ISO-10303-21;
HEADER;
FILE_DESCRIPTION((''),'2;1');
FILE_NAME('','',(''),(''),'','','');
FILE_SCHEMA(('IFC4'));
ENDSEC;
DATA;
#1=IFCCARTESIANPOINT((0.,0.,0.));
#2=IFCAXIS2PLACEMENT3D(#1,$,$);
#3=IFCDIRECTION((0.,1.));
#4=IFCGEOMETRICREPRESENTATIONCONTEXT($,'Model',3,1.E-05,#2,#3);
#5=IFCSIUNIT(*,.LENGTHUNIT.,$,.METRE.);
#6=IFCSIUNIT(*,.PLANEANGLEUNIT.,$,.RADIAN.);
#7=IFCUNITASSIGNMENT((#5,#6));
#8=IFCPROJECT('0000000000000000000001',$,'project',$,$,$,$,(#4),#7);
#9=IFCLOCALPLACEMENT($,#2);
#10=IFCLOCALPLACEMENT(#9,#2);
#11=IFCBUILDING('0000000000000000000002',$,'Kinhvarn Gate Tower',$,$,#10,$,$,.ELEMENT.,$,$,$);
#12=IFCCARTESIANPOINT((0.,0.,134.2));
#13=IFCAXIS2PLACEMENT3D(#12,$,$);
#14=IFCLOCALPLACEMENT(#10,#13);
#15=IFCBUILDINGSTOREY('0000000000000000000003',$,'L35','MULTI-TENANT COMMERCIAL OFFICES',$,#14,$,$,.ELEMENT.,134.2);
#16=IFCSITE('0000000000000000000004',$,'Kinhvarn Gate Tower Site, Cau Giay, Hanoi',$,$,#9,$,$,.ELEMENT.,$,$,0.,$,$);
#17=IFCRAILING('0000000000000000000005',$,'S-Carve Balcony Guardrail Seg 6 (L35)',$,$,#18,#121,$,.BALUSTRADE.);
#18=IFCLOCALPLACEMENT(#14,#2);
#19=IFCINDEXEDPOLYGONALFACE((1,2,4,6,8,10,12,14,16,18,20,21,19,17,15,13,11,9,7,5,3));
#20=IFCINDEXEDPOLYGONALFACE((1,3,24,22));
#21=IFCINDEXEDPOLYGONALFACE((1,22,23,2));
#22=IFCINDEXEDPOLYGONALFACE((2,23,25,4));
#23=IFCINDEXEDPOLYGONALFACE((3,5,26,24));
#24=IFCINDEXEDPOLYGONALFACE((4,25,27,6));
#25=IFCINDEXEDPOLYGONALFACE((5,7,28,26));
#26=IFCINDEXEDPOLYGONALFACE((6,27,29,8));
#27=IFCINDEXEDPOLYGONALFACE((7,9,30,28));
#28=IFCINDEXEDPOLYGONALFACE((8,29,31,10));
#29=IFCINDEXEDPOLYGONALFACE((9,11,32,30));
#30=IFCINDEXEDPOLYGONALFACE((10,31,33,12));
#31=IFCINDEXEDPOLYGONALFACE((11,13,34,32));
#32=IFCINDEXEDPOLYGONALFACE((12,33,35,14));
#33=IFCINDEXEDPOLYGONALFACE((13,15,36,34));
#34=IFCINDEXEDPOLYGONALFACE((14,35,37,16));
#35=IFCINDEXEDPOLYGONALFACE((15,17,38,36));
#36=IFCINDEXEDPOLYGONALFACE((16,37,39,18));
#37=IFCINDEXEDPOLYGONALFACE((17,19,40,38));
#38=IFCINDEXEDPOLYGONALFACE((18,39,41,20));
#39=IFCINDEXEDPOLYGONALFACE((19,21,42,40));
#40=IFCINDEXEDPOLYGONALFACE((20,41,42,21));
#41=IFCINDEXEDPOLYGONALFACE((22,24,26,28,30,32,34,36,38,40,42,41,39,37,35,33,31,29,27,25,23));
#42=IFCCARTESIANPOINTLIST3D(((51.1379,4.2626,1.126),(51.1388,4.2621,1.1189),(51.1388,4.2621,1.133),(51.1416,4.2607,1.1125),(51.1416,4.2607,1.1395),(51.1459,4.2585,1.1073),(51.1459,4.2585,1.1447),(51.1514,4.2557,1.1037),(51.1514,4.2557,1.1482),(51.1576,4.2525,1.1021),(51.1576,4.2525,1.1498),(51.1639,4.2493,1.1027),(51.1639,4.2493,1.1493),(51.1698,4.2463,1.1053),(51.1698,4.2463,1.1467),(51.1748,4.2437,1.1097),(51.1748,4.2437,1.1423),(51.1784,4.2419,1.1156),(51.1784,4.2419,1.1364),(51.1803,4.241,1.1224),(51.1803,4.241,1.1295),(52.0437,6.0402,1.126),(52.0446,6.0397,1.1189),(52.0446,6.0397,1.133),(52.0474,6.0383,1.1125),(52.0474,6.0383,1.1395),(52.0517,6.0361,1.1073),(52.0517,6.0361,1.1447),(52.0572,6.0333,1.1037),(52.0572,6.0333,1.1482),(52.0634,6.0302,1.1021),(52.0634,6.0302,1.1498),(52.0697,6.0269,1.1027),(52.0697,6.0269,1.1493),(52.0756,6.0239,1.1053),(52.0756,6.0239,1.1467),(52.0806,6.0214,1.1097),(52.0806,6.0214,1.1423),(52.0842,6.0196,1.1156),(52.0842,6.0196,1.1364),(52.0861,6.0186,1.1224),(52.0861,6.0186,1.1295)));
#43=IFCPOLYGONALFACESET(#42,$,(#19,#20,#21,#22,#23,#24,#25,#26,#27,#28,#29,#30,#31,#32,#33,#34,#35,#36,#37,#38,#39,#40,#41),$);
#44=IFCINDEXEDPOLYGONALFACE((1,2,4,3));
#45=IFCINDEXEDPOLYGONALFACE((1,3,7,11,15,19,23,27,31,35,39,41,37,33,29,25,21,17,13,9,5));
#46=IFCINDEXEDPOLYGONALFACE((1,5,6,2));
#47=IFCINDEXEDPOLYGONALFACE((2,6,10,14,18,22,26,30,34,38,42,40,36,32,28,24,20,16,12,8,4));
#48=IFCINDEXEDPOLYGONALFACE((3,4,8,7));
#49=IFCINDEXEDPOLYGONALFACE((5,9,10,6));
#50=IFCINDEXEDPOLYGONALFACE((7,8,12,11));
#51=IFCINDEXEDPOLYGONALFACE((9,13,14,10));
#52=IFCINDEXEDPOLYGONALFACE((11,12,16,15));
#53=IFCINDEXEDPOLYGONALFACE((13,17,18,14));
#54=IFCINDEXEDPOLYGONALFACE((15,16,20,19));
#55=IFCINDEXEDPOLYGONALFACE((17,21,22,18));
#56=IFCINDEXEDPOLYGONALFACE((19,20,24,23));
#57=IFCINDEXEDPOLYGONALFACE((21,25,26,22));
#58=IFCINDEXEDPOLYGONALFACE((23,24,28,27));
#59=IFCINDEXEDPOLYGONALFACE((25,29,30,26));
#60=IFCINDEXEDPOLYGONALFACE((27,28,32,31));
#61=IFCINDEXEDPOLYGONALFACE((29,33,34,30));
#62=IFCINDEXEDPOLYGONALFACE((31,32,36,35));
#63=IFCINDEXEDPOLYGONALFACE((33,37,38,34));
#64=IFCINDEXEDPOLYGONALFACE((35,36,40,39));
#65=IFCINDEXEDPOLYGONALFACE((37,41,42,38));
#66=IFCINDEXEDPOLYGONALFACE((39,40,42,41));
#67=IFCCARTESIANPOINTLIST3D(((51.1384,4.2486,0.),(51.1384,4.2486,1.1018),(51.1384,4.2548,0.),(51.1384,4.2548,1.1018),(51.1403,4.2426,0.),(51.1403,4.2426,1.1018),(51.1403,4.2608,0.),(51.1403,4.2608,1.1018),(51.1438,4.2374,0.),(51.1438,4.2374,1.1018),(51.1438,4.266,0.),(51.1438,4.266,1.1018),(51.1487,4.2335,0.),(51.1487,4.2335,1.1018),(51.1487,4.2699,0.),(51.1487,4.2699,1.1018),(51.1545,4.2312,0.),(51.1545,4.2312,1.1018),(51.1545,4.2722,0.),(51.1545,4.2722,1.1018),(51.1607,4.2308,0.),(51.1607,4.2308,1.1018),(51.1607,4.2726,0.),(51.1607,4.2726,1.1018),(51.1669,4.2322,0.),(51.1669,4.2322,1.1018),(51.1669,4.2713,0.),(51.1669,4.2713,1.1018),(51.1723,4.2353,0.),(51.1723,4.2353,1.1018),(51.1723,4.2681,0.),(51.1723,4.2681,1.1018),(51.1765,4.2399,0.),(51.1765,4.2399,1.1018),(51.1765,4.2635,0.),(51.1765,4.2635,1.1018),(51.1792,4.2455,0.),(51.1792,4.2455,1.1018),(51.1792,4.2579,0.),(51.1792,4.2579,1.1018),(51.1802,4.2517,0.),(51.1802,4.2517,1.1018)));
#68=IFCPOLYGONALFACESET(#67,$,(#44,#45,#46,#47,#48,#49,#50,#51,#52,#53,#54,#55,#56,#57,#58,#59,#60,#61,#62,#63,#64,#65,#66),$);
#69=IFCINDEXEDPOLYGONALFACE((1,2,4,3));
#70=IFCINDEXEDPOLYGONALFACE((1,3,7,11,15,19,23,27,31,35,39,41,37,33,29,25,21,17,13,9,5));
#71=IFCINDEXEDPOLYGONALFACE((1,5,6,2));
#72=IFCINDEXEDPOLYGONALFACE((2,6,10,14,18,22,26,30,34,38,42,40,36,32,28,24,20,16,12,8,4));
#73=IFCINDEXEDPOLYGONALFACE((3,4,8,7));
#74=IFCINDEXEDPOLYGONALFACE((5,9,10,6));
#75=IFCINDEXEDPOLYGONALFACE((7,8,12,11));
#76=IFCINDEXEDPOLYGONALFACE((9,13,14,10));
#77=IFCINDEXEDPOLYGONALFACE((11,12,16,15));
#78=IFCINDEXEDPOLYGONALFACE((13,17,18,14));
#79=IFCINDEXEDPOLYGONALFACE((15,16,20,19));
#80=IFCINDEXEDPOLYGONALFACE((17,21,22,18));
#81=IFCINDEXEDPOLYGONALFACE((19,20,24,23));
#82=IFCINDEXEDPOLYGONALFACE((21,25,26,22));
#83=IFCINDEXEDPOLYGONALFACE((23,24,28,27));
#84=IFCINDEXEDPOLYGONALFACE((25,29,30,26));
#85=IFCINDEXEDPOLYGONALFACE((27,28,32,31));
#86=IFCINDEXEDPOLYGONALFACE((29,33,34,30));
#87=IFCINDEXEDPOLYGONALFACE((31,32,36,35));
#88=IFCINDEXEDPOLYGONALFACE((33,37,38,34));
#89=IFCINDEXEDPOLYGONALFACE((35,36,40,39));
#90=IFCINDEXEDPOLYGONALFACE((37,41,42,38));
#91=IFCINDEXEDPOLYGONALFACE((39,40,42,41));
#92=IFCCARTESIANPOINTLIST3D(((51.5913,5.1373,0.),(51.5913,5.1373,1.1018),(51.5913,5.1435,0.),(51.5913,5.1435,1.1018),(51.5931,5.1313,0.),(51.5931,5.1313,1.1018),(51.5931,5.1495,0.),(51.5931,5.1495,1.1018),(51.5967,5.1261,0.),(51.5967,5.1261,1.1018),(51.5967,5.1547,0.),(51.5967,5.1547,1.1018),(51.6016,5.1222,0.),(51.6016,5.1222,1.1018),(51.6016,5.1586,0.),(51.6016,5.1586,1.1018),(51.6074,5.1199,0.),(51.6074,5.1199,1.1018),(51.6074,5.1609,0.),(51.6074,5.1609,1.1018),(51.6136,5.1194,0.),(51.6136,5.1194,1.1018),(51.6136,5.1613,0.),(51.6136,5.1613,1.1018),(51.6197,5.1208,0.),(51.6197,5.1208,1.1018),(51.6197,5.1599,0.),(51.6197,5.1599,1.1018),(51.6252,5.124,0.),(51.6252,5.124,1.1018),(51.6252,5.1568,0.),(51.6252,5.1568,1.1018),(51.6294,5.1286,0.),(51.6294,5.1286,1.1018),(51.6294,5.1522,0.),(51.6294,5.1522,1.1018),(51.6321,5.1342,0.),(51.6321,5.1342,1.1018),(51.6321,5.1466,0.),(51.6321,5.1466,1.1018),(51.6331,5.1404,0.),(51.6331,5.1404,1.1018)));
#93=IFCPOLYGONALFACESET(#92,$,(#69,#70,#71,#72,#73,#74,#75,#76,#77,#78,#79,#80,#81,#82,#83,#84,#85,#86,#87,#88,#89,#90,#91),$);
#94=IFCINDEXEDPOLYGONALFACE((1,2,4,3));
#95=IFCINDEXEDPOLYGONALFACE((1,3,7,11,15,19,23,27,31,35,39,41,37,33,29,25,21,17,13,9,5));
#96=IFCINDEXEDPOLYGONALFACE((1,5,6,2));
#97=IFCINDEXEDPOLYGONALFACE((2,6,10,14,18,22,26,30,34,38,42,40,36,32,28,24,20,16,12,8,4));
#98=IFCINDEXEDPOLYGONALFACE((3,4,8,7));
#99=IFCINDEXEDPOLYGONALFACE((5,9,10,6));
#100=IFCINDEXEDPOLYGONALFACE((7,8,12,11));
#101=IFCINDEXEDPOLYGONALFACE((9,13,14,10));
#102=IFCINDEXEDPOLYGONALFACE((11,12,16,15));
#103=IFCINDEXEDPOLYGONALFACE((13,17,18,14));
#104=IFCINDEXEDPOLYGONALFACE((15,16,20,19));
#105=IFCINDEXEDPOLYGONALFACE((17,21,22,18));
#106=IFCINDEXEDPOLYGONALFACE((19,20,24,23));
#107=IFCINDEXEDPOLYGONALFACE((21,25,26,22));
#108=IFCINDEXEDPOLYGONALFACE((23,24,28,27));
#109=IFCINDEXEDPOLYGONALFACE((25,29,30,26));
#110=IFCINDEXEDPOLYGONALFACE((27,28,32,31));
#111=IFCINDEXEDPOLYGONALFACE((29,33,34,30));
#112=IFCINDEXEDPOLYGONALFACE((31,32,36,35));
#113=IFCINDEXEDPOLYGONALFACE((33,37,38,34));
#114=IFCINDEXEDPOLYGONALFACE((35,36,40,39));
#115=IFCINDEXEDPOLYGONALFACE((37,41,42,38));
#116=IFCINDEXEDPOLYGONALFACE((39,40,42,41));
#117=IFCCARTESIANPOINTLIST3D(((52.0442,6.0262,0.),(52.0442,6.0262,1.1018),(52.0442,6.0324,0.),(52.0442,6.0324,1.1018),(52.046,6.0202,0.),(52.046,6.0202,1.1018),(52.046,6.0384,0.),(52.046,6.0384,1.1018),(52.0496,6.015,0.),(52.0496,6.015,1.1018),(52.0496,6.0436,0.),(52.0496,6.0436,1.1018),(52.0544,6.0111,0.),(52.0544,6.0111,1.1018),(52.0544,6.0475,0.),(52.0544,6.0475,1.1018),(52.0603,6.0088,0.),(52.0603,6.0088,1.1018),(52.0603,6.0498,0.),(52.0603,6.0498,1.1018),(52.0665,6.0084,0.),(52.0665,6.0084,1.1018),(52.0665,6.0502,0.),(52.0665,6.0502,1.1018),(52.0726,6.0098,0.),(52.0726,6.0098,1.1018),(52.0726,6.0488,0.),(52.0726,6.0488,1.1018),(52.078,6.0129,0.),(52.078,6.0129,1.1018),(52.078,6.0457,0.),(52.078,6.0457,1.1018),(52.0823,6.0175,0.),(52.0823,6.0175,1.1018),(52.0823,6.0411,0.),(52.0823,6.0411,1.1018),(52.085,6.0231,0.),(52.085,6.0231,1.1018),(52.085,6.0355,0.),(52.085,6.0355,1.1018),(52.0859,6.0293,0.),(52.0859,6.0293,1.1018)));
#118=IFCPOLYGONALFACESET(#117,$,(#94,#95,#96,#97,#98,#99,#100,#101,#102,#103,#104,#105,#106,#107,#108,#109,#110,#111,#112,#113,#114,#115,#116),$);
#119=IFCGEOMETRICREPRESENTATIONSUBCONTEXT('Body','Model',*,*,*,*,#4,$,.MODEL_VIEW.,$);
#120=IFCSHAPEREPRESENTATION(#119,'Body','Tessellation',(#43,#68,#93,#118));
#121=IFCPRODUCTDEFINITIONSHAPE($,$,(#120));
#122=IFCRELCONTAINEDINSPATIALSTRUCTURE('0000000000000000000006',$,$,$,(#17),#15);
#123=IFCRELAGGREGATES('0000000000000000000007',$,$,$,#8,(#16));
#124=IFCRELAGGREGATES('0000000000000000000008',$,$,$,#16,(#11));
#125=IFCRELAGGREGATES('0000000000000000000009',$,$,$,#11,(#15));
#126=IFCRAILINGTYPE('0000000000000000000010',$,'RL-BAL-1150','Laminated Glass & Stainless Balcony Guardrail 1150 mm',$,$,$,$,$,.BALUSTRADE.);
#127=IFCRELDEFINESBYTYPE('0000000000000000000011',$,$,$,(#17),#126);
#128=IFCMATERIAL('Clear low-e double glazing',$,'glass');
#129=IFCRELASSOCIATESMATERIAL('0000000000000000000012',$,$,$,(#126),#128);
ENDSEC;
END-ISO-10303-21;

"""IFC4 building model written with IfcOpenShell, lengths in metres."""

from ifc_helpers import new_model, si_unit, direction, frame, origin, origin_2d, place, context, subcontext, project, spatial, circle, extrude, material, type_object, element, save


model = new_model("IFC4")

# Units and contexts
model_context = context("Model", 3, precision=1e-05, world=origin(), true_north=direction((0.0, 1.0)))
body_context = subcontext(model_context, "Body", "Model", "MODEL_VIEW")
ifc_project = project(units=[si_unit("LENGTHUNIT", "METRE"), si_unit("PLANEANGLEUNIT", "RADIAN")], contexts=[model_context])

# Site, building, storey
site_placement = place(None, origin())
site = spatial("IfcSite", under=ifc_project, at=site_placement, Name="Kinhvarn Gate Tower Site, Cau Giay, Hanoi", CompositionType="ELEMENT", RefElevation=0.0)
building_placement = place(site_placement, origin())
building = spatial("IfcBuilding", under=site, at=building_placement, Name="Kinhvarn Gate Tower", CompositionType="ELEMENT")
storey_placement = place(building_placement, frame((0.0, 0.0, 134.2)))
storey = spatial("IfcBuildingStorey", under=building, at=storey_placement, Name="L35", Description="MULTI-TENANT COMMERCIAL OFFICES", CompositionType="ELEMENT", Elevation=134.2)

# Shared definitions
ifc_material_1 = material(Name="Clear low-e double glazing", Category="glass")

# Railing
railing_type = type_object("IfcRailingType", Name="RL-BAL-1150", Description="Laminated Glass & Stainless Balcony Guardrail 1150 mm", PredefinedType="BALUSTRADE", material=ifc_material_1)
railing_1_placement = place(storey_placement, frame((51.1592, 4.2517, 0.0)))
element("IfcRailing", 1, at=railing_1_placement, inside=storey, type_object=railing_type, Name="S-Carve Balcony Guardrail Seg 6 (L35)", PredefinedType="BALUSTRADE", context=body_context, shape_type="SweptSolid", body=[
    extrude(circle(Radius=0.0239, at=origin_2d()), frame((0.0, 0.0, 1.126), z_axis=(0.454005, 0.890999, 0.0), x_axis=(-0.890999, 0.454005, 0.0)), (0.0, 0.0, 1.0), 1.9951),
    extrude(circle(Radius=0.021, at=origin_2d()), origin(), (0.0, 0.0, 1.0), 1.1018),
    extrude(circle(Radius=0.021, at=origin_2d()), frame((0.4529, 0.8887, 0.0)), (0.0, 0.0, 1.0), 1.1018),
    extrude(circle(Radius=0.021, at=origin_2d()), frame((0.9058, 1.7776, 0.0)), (0.0, 0.0, 1.0), 1.1018),
])

save(model, "model.ifc")
